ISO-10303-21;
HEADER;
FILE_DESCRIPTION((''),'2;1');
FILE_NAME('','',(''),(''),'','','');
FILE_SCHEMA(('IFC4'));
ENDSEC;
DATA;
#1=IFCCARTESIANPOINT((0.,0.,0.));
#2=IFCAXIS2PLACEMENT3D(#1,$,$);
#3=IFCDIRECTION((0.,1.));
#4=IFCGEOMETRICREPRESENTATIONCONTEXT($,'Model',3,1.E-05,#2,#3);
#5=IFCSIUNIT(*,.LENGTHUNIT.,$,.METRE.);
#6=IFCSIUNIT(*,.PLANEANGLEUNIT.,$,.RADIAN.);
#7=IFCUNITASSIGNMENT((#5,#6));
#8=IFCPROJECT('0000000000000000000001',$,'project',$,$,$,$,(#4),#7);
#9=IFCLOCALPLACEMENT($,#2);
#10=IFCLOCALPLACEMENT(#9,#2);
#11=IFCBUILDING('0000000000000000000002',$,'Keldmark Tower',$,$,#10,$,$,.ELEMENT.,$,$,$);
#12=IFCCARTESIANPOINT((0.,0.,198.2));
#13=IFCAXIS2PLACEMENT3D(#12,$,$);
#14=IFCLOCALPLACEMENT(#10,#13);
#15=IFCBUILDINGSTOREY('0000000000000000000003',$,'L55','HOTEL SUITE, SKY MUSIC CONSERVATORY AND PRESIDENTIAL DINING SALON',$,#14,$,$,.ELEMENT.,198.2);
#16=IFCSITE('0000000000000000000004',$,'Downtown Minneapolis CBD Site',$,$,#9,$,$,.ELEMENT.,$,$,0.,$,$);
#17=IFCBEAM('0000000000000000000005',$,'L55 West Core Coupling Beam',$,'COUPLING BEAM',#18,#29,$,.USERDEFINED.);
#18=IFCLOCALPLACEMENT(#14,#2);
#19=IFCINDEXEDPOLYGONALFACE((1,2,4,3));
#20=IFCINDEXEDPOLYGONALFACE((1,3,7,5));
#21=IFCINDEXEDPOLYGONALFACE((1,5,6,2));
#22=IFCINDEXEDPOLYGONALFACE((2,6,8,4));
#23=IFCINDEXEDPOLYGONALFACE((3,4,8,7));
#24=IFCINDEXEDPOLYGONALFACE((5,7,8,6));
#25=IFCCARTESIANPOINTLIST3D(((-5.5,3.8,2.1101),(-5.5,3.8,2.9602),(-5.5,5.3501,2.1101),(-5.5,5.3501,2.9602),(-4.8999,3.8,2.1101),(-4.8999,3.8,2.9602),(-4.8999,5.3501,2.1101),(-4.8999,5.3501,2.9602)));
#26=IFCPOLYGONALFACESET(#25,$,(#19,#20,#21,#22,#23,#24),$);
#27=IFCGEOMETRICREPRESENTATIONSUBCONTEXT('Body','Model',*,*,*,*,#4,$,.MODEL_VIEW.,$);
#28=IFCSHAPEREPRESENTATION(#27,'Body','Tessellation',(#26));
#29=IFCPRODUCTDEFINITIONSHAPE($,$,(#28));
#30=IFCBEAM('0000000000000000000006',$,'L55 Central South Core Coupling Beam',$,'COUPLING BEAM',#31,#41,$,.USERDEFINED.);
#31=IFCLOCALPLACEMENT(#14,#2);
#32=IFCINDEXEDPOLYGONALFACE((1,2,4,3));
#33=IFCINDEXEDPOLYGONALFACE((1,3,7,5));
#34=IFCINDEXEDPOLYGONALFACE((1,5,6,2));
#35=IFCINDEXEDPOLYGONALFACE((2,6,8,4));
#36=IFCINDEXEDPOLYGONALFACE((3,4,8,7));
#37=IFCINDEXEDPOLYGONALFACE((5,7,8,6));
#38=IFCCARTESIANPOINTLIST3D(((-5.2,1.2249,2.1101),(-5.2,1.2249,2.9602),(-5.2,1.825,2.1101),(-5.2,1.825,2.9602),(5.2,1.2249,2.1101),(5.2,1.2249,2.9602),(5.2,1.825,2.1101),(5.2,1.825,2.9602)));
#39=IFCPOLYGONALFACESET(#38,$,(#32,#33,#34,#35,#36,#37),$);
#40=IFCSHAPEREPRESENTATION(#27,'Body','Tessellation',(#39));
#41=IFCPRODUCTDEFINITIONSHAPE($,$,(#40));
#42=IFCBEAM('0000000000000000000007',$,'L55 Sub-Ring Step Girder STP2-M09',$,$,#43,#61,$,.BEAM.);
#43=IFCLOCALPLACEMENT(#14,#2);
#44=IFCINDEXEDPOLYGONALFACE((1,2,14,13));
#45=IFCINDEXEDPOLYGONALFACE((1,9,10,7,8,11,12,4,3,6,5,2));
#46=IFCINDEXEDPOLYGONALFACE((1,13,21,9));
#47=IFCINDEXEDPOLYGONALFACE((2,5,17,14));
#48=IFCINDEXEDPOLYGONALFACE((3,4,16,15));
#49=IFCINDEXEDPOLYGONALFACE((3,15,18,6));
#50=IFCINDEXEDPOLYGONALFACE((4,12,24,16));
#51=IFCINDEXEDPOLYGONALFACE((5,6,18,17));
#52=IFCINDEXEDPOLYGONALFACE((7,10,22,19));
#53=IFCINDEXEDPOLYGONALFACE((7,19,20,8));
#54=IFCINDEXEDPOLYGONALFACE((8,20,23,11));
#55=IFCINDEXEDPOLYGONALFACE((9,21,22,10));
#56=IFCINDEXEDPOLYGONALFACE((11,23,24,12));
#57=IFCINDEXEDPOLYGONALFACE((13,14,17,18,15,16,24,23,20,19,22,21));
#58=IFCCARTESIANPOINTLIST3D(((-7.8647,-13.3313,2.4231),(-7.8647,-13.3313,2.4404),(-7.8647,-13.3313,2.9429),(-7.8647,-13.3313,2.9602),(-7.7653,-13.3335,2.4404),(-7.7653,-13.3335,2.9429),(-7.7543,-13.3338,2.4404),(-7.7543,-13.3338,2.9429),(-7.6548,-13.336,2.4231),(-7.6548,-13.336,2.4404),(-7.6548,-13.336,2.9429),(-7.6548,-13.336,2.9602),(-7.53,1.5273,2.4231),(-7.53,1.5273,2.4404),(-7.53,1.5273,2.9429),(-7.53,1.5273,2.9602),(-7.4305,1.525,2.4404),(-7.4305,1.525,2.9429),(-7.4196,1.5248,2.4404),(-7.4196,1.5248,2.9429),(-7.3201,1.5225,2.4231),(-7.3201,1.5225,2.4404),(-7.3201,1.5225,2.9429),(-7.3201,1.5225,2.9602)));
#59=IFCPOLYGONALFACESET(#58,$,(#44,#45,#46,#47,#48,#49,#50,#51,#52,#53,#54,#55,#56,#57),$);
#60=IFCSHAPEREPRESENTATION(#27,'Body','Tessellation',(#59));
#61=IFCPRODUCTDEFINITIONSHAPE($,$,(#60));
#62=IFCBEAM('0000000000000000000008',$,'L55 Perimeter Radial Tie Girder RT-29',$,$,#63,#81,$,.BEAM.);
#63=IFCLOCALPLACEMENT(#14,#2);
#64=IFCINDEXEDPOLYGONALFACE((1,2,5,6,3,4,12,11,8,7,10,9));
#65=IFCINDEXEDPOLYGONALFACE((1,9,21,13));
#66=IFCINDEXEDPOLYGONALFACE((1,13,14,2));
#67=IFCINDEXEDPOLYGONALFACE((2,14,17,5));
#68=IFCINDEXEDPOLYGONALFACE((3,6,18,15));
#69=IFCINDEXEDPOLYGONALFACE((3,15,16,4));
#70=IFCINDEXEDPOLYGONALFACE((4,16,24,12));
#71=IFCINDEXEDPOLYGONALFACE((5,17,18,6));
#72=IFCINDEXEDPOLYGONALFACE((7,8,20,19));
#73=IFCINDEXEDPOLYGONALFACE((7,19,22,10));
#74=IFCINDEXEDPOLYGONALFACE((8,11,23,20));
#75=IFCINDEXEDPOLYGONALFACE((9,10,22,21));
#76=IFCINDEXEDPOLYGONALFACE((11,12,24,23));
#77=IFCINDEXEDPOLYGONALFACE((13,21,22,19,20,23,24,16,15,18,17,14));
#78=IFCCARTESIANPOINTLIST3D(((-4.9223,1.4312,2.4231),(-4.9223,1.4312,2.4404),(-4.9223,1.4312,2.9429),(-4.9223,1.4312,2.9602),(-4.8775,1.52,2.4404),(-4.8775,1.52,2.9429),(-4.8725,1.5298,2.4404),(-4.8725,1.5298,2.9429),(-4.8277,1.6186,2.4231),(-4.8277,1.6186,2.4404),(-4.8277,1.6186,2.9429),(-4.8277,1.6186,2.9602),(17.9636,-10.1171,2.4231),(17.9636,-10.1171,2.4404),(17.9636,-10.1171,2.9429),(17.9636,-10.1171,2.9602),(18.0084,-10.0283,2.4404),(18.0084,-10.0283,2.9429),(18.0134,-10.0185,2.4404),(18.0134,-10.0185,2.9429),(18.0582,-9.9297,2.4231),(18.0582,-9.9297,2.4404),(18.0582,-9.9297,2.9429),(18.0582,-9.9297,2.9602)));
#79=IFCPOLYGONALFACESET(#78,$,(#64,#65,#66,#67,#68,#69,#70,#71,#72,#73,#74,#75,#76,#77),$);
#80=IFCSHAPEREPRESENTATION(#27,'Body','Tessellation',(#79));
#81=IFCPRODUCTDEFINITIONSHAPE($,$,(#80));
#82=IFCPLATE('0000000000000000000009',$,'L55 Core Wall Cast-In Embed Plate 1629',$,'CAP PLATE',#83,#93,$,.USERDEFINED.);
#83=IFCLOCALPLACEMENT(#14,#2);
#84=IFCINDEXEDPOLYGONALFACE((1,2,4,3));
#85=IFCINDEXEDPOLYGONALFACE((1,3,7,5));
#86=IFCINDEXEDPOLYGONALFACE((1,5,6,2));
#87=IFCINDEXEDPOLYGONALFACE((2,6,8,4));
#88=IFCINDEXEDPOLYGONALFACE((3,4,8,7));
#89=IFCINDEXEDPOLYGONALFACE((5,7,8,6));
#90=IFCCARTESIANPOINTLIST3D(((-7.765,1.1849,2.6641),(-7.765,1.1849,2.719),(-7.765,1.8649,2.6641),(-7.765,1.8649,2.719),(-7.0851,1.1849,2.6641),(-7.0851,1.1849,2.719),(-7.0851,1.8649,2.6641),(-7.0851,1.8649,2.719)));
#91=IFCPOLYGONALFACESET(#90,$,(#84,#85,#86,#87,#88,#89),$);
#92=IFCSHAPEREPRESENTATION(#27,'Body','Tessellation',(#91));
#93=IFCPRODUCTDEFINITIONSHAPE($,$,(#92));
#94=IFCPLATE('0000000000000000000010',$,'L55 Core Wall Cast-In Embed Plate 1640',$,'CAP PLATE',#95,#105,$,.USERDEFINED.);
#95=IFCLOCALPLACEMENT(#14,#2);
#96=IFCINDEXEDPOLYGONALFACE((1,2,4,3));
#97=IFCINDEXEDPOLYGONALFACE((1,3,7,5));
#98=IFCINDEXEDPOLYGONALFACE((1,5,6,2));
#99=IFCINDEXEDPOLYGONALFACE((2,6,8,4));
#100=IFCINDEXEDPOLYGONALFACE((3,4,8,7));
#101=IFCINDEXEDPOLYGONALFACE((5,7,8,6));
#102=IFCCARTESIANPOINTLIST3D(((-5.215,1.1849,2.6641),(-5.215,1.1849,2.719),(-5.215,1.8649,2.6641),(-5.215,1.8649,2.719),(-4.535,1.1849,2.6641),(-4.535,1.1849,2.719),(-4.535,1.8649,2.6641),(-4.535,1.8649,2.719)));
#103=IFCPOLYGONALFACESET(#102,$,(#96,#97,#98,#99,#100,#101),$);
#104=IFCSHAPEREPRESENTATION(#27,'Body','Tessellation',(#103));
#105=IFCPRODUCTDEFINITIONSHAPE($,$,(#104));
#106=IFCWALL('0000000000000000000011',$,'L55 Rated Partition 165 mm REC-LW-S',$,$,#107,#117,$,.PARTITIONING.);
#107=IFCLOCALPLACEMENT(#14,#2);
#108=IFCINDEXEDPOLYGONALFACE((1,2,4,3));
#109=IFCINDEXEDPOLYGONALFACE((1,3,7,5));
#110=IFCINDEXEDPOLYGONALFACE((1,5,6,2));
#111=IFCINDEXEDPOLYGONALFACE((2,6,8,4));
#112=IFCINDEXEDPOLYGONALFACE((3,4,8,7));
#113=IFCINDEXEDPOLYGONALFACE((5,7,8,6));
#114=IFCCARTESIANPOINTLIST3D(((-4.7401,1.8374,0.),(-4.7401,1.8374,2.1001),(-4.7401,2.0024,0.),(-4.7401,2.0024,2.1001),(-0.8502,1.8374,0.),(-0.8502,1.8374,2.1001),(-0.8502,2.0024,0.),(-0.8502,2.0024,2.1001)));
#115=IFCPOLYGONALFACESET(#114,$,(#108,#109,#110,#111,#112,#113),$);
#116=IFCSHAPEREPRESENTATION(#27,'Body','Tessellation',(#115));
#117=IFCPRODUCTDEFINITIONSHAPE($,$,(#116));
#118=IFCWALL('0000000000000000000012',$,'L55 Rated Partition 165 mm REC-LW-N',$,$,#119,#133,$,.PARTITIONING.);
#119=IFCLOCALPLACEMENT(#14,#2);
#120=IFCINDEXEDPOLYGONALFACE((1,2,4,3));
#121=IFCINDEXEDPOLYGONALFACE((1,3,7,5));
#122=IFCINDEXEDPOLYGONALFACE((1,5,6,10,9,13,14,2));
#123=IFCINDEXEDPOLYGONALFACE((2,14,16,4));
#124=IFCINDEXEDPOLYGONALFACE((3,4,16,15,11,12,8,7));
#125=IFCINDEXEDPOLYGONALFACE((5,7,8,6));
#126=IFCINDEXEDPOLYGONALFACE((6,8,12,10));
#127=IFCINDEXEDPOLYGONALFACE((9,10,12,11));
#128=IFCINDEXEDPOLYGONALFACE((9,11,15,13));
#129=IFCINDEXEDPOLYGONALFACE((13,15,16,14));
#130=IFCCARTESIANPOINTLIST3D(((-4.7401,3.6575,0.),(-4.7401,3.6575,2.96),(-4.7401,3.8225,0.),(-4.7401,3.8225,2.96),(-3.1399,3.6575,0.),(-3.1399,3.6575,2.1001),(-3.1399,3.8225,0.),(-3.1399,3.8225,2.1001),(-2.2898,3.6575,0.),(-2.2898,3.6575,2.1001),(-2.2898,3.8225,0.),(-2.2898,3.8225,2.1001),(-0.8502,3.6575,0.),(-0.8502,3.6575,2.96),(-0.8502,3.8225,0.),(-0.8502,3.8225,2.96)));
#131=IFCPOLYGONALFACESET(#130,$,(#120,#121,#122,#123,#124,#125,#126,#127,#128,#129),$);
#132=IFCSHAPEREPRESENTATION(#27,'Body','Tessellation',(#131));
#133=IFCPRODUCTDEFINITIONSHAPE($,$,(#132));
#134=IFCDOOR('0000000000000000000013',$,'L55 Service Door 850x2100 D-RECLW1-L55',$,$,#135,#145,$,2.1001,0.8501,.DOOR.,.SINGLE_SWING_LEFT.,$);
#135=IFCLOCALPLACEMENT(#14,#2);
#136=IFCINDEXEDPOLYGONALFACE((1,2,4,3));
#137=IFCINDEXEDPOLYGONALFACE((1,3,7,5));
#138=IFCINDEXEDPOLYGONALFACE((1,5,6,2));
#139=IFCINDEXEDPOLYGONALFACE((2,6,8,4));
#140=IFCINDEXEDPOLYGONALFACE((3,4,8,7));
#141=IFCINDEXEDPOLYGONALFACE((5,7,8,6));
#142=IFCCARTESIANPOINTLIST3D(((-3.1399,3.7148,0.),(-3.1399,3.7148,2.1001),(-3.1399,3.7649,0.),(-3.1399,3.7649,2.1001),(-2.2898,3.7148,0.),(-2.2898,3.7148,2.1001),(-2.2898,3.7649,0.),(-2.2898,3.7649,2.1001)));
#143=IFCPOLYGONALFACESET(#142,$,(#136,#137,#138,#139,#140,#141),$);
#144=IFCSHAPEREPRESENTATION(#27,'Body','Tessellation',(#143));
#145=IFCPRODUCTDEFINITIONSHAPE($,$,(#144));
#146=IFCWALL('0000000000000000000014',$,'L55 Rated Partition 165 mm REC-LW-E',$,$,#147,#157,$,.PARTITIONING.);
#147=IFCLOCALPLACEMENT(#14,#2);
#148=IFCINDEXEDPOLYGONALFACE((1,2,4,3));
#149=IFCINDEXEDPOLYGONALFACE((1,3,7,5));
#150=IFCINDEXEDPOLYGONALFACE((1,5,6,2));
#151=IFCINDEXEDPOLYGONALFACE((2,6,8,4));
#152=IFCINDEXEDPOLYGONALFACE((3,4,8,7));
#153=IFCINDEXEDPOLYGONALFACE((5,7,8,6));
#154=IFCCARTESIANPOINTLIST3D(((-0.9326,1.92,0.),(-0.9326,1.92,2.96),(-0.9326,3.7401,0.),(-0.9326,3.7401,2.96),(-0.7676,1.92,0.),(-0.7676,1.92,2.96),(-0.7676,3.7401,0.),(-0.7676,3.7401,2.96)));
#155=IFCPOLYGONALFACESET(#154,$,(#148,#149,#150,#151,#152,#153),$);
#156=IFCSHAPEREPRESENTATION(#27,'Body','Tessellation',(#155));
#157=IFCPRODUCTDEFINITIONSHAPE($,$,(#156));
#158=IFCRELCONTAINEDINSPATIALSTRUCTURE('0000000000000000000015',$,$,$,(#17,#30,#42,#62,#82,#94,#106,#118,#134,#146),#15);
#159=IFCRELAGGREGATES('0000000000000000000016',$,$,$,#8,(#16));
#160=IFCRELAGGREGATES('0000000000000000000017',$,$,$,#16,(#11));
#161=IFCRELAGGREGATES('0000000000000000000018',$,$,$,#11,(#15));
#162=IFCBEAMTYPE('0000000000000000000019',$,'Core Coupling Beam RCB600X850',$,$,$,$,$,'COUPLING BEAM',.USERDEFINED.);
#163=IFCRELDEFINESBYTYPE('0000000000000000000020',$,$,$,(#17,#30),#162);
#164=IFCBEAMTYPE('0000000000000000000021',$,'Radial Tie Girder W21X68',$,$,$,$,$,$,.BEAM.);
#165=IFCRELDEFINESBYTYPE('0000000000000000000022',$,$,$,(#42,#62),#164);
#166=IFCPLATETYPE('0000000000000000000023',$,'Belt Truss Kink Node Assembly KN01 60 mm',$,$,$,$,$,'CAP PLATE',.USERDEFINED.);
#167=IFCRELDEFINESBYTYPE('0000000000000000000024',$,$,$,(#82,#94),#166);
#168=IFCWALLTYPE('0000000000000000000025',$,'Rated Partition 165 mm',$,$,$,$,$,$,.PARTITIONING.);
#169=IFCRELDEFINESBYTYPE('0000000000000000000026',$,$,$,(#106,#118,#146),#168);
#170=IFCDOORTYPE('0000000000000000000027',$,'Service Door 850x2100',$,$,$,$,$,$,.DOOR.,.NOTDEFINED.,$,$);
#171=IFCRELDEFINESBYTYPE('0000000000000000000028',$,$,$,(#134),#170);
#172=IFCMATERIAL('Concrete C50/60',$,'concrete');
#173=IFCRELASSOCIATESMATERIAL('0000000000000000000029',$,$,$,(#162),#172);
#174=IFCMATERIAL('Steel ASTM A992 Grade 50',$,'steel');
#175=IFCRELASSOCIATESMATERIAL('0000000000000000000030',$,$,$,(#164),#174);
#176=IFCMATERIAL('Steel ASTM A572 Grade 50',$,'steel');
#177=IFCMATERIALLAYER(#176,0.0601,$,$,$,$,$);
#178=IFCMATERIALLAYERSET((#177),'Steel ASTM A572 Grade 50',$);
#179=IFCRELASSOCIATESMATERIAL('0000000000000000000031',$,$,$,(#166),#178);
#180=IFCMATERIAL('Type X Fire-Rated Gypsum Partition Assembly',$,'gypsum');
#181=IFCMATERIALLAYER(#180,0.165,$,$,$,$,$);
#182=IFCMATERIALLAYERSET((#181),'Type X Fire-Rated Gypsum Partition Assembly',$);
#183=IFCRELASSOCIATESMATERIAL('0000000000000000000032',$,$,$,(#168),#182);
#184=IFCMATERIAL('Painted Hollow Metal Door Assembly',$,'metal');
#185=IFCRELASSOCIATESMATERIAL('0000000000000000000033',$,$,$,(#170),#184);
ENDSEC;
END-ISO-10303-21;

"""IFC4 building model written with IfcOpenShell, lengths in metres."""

from ifc_helpers import new_model, si_unit, direction, frame, frame_2d, origin, origin_2d, place, context, subcontext, project, spatial, rectangle, i_section, extrude, material, layer, layer_set, material_profile, profile_set, type_object, element, fill, save


model = new_model("IFC4")

# Units and contexts
model_context = context("Model", 3, precision=1e-05, world=origin(), true_north=direction((0.0, 1.0)))
body_context = subcontext(model_context, "Body", "Model", "MODEL_VIEW")
ifc_project = project(units=[si_unit("LENGTHUNIT", "METRE"), si_unit("PLANEANGLEUNIT", "RADIAN")], contexts=[model_context])

# Site, building, storey
site_placement = place(None, origin())
site = spatial("IfcSite", under=ifc_project, at=site_placement, Name="Downtown Minneapolis CBD Site", CompositionType="ELEMENT", RefElevation=0.0)
building_placement = place(site_placement, origin())
building = spatial("IfcBuilding", under=site, at=building_placement, Name="Keldmark Tower", CompositionType="ELEMENT")
storey_placement = place(building_placement, frame((0.0, 0.0, 198.2)))
storey = spatial("IfcBuildingStorey", under=building, at=storey_placement, Name="L55", Description="HOTEL SUITE, SKY MUSIC CONSERVATORY AND PRESIDENTIAL DINING SALON", CompositionType="ELEMENT", Elevation=198.2)

# Beams
ifc_material_1 = material(Name="Concrete C50/60", Category="concrete")
ifc_material_profile_1 = material_profile(ifc_material_1, rectangle(XDim=0.6001, YDim=0.8501, at=origin_2d()), Name="RCB600X850")
ifc_profile_set_1 = profile_set([ifc_material_profile_1], Name="Concrete C50/60")
beam_type_1 = type_object("IfcBeamType", Name="Core Coupling Beam RCB600X850", ElementType="COUPLING BEAM", PredefinedType="USERDEFINED", material=ifc_profile_set_1)
beam_1_placement = place(storey_placement, frame((-5.2, 3.8, 2.5352), z_axis=(0.0, 1.0, 0.0), x_axis=(-1.0, 0.0, 0.0)))
element("IfcBeam", 1, at=beam_1_placement, inside=storey, type_object=beam_type_1, Name="L55 West Core Coupling Beam", ObjectType="COUPLING BEAM", PredefinedType="USERDEFINED", context=body_context, shape_type="SweptSolid", body=[
    extrude(rectangle(XDim=0.6001, YDim=0.8501, at=origin_2d()), origin(), (0.0, 0.0, 1.0), 1.55),
])
beam_2_placement = place(storey_placement, frame((-5.2, 1.5249, 2.5352), z_axis=(1.0, 0.0, 0.0), x_axis=(0.0, 1.0, 0.0)))
element("IfcBeam", 2, at=beam_2_placement, inside=storey, type_object=beam_type_1, Name="L55 Central South Core Coupling Beam", ObjectType="COUPLING BEAM", PredefinedType="USERDEFINED", context=body_context, shape_type="SweptSolid", body=[
    extrude(rectangle(XDim=0.6001, YDim=0.8501, at=origin_2d()), origin(), (0.0, 0.0, 1.0), 10.3999),
])
ifc_material_2 = material(Name="Steel ASTM A992 Grade 50", Category="steel")
ifc_material_profile_2 = material_profile(ifc_material_2, i_section(OverallWidth=0.21, OverallDepth=0.5371, WebThickness=0.011, FlangeThickness=0.0173, at=origin_2d()), Name="W21X68")
ifc_profile_set_2 = profile_set([ifc_material_profile_2], Name="Steel ASTM A992 Grade 50")
beam_type_2 = type_object("IfcBeamType", Name="Radial Tie Girder W21X68", PredefinedType="BEAM", material=ifc_profile_set_2)
beam_3_placement = place(storey_placement, frame((-7.425, 1.5249, 2.6917), z_axis=(-0.022521, -0.999746, 0.0), x_axis=(0.999746, -0.022521, 0.0)))
element("IfcBeam", 3, at=beam_3_placement, inside=storey, type_object=beam_type_2, Name="L55 Sub-Ring Step Girder STP2-M09", PredefinedType="BEAM", context=body_context, shape_type="SweptSolid", body=[
    extrude(i_section(OverallWidth=0.21, OverallDepth=0.5371, WebThickness=0.011, FlangeThickness=0.0173, at=origin_2d()), origin(), (0.0, 0.0, 1.0), 14.8623),
])
beam_4_placement = place(storey_placement, frame((-4.875, 1.5249, 2.6917), z_axis=(0.892777, -0.450498, 0.0), x_axis=(0.450498, 0.892777, 0.0)))
element("IfcBeam", 4, at=beam_4_placement, inside=storey, type_object=beam_type_2, Name="L55 Perimeter Radial Tie Girder RT-29", PredefinedType="BEAM", context=body_context, shape_type="SweptSolid", body=[
    extrude(i_section(OverallWidth=0.21, OverallDepth=0.5371, WebThickness=0.011, FlangeThickness=0.0173, at=origin_2d()), origin(), (0.0, 0.0, 1.0), 25.6345),
])

# Plates
ifc_material_3 = material(Name="Steel ASTM A572 Grade 50", Category="steel")
ifc_layer_1 = layer(ifc_material_3, 0.0601)
ifc_layer_set_1 = layer_set([ifc_layer_1], Name="Steel ASTM A572 Grade 50")
plate_type = type_object("IfcPlateType", Name="Belt Truss Kink Node Assembly KN01 60 mm", ElementType="CAP PLATE", PredefinedType="USERDEFINED", material=ifc_layer_set_1)
for number, where, z_axis, x_axis, name in (
    (5, (-7.425, 1.5249, 2.6641), (0.0, 0.0, 1.0), (1.0, 0.0, 0.0), "L55 Core Wall Cast-In Embed Plate 1629"),
    (6, (-4.875, 1.5249, 2.6641), (0.0, 0.0, 1.0), (1.0, 0.0, 0.0), "L55 Core Wall Cast-In Embed Plate 1640"),
):
    element("IfcPlate", number, at=place(storey_placement, frame(where, z_axis=z_axis, x_axis=x_axis)), inside=storey, type_object=plate_type, Name=name, ObjectType="CAP PLATE", PredefinedType="USERDEFINED", context=body_context, shape_type="SweptSolid", body=[
        extrude(rectangle(XDim=0.6799, YDim=0.6799, at=origin_2d()), origin(), (0.0, 0.0, 1.0), 0.0549),
    ])

# Wall
ifc_material_4 = material(Name="Type X Fire-Rated Gypsum Partition Assembly", Category="gypsum")
ifc_layer_2 = layer(ifc_material_4, 0.165)
ifc_layer_set_2 = layer_set([ifc_layer_2], Name="Type X Fire-Rated Gypsum Partition Assembly")
wall_type_1 = type_object("IfcWallType", Name="Rated Partition 165 mm", PredefinedType="PARTITIONING", material=ifc_layer_set_2)
wall_1_placement = place(storey_placement, frame((-4.74, 1.9199, 0.0), z_axis=(0.0, 0.0, 1.0), x_axis=(1.0, 0.0, 0.0)))
element("IfcWall", 7, at=wall_1_placement, inside=storey, type_object=wall_type_1, Name="L55 Rated Partition 165 mm REC-LW-S", PredefinedType="PARTITIONING", context=body_context, shape_type="SweptSolid", body=[
    extrude(rectangle(XDim=3.8899, YDim=0.165, at=frame_2d((1.9448, 0.0))), origin(), (0.0, 0.0, 1.0), 2.1001),
])

# Wall, opening, door
wall_2_placement = place(storey_placement, frame((-4.74, 3.74, 0.0), z_axis=(0.0, 0.0, 1.0), x_axis=(1.0, 0.0, 0.0)))
wall_2 = element("IfcWall", 8, at=wall_2_placement, inside=storey, type_object=wall_type_1, Name="L55 Rated Partition 165 mm REC-LW-N", PredefinedType="PARTITIONING", context=body_context, shape_type="SweptSolid", body=[
    extrude(rectangle(XDim=3.8899, YDim=0.165, at=frame_2d((1.9448, 0.0))), origin(), (0.0, 0.0, 1.0), 2.96),
])
opening_1_placement = place(wall_2_placement, frame((1.6001, 0.0, 0.0)))
opening_1 = element("IfcOpeningElement", 9, at=opening_1_placement, cuts=wall_2, PredefinedType="OPENING", context=body_context, shape_type="SweptSolid", body=[
    extrude(rectangle(XDim=0.8501, YDim=2.1001, at=frame_2d((0.425, 1.05))), frame((0.0, 0.0925, 0.0), z_axis=(0.0, -1.0, 0.0), x_axis=(1.0, 0.0, 0.0)), (0.0, 0.0, 1.0), 0.1851),
])
ifc_material_5 = material(Name="Painted Hollow Metal Door Assembly", Category="metal")
door_type_1 = type_object("IfcDoorType", Name="Service Door 850x2100", OperationType="NOTDEFINED", PredefinedType="DOOR", material=ifc_material_5)
door_1_placement = place(opening_1_placement, origin())
door_1 = element("IfcDoor", 10, at=door_1_placement, inside=storey, type_object=door_type_1, Name="L55 Service Door 850x2100 D-RECLW1-L55", OperationType="SINGLE_SWING_LEFT", OverallHeight=2.1001, OverallWidth=0.8501, PredefinedType="DOOR", context=body_context, shape_type="SweptSolid", body=[
    extrude(rectangle(XDim=0.8501, YDim=2.1001, at=frame_2d((0.425, 1.05))), frame((0.0, 0.0249, 0.0), z_axis=(0.0, -1.0, 0.0), x_axis=(1.0, 0.0, 0.0)), (0.0, 0.0, 1.0), 0.05),
])
fill(opening_1, door_1)

# Wall
wall_3_placement = place(storey_placement, frame((-0.8501, 1.9199, 0.0), z_axis=(0.0, 0.0, 1.0), x_axis=(0.0, 1.0, 0.0)))
element("IfcWall", 11, at=wall_3_placement, inside=storey, type_object=wall_type_1, Name="L55 Rated Partition 165 mm REC-LW-E", PredefinedType="PARTITIONING", context=body_context, shape_type="SweptSolid", body=[
    extrude(rectangle(XDim=1.8201, YDim=0.165, at=frame_2d((0.9102, 0.0))), origin(), (0.0, 0.0, 1.0), 2.96),
])

save(model, "model.ifc")
